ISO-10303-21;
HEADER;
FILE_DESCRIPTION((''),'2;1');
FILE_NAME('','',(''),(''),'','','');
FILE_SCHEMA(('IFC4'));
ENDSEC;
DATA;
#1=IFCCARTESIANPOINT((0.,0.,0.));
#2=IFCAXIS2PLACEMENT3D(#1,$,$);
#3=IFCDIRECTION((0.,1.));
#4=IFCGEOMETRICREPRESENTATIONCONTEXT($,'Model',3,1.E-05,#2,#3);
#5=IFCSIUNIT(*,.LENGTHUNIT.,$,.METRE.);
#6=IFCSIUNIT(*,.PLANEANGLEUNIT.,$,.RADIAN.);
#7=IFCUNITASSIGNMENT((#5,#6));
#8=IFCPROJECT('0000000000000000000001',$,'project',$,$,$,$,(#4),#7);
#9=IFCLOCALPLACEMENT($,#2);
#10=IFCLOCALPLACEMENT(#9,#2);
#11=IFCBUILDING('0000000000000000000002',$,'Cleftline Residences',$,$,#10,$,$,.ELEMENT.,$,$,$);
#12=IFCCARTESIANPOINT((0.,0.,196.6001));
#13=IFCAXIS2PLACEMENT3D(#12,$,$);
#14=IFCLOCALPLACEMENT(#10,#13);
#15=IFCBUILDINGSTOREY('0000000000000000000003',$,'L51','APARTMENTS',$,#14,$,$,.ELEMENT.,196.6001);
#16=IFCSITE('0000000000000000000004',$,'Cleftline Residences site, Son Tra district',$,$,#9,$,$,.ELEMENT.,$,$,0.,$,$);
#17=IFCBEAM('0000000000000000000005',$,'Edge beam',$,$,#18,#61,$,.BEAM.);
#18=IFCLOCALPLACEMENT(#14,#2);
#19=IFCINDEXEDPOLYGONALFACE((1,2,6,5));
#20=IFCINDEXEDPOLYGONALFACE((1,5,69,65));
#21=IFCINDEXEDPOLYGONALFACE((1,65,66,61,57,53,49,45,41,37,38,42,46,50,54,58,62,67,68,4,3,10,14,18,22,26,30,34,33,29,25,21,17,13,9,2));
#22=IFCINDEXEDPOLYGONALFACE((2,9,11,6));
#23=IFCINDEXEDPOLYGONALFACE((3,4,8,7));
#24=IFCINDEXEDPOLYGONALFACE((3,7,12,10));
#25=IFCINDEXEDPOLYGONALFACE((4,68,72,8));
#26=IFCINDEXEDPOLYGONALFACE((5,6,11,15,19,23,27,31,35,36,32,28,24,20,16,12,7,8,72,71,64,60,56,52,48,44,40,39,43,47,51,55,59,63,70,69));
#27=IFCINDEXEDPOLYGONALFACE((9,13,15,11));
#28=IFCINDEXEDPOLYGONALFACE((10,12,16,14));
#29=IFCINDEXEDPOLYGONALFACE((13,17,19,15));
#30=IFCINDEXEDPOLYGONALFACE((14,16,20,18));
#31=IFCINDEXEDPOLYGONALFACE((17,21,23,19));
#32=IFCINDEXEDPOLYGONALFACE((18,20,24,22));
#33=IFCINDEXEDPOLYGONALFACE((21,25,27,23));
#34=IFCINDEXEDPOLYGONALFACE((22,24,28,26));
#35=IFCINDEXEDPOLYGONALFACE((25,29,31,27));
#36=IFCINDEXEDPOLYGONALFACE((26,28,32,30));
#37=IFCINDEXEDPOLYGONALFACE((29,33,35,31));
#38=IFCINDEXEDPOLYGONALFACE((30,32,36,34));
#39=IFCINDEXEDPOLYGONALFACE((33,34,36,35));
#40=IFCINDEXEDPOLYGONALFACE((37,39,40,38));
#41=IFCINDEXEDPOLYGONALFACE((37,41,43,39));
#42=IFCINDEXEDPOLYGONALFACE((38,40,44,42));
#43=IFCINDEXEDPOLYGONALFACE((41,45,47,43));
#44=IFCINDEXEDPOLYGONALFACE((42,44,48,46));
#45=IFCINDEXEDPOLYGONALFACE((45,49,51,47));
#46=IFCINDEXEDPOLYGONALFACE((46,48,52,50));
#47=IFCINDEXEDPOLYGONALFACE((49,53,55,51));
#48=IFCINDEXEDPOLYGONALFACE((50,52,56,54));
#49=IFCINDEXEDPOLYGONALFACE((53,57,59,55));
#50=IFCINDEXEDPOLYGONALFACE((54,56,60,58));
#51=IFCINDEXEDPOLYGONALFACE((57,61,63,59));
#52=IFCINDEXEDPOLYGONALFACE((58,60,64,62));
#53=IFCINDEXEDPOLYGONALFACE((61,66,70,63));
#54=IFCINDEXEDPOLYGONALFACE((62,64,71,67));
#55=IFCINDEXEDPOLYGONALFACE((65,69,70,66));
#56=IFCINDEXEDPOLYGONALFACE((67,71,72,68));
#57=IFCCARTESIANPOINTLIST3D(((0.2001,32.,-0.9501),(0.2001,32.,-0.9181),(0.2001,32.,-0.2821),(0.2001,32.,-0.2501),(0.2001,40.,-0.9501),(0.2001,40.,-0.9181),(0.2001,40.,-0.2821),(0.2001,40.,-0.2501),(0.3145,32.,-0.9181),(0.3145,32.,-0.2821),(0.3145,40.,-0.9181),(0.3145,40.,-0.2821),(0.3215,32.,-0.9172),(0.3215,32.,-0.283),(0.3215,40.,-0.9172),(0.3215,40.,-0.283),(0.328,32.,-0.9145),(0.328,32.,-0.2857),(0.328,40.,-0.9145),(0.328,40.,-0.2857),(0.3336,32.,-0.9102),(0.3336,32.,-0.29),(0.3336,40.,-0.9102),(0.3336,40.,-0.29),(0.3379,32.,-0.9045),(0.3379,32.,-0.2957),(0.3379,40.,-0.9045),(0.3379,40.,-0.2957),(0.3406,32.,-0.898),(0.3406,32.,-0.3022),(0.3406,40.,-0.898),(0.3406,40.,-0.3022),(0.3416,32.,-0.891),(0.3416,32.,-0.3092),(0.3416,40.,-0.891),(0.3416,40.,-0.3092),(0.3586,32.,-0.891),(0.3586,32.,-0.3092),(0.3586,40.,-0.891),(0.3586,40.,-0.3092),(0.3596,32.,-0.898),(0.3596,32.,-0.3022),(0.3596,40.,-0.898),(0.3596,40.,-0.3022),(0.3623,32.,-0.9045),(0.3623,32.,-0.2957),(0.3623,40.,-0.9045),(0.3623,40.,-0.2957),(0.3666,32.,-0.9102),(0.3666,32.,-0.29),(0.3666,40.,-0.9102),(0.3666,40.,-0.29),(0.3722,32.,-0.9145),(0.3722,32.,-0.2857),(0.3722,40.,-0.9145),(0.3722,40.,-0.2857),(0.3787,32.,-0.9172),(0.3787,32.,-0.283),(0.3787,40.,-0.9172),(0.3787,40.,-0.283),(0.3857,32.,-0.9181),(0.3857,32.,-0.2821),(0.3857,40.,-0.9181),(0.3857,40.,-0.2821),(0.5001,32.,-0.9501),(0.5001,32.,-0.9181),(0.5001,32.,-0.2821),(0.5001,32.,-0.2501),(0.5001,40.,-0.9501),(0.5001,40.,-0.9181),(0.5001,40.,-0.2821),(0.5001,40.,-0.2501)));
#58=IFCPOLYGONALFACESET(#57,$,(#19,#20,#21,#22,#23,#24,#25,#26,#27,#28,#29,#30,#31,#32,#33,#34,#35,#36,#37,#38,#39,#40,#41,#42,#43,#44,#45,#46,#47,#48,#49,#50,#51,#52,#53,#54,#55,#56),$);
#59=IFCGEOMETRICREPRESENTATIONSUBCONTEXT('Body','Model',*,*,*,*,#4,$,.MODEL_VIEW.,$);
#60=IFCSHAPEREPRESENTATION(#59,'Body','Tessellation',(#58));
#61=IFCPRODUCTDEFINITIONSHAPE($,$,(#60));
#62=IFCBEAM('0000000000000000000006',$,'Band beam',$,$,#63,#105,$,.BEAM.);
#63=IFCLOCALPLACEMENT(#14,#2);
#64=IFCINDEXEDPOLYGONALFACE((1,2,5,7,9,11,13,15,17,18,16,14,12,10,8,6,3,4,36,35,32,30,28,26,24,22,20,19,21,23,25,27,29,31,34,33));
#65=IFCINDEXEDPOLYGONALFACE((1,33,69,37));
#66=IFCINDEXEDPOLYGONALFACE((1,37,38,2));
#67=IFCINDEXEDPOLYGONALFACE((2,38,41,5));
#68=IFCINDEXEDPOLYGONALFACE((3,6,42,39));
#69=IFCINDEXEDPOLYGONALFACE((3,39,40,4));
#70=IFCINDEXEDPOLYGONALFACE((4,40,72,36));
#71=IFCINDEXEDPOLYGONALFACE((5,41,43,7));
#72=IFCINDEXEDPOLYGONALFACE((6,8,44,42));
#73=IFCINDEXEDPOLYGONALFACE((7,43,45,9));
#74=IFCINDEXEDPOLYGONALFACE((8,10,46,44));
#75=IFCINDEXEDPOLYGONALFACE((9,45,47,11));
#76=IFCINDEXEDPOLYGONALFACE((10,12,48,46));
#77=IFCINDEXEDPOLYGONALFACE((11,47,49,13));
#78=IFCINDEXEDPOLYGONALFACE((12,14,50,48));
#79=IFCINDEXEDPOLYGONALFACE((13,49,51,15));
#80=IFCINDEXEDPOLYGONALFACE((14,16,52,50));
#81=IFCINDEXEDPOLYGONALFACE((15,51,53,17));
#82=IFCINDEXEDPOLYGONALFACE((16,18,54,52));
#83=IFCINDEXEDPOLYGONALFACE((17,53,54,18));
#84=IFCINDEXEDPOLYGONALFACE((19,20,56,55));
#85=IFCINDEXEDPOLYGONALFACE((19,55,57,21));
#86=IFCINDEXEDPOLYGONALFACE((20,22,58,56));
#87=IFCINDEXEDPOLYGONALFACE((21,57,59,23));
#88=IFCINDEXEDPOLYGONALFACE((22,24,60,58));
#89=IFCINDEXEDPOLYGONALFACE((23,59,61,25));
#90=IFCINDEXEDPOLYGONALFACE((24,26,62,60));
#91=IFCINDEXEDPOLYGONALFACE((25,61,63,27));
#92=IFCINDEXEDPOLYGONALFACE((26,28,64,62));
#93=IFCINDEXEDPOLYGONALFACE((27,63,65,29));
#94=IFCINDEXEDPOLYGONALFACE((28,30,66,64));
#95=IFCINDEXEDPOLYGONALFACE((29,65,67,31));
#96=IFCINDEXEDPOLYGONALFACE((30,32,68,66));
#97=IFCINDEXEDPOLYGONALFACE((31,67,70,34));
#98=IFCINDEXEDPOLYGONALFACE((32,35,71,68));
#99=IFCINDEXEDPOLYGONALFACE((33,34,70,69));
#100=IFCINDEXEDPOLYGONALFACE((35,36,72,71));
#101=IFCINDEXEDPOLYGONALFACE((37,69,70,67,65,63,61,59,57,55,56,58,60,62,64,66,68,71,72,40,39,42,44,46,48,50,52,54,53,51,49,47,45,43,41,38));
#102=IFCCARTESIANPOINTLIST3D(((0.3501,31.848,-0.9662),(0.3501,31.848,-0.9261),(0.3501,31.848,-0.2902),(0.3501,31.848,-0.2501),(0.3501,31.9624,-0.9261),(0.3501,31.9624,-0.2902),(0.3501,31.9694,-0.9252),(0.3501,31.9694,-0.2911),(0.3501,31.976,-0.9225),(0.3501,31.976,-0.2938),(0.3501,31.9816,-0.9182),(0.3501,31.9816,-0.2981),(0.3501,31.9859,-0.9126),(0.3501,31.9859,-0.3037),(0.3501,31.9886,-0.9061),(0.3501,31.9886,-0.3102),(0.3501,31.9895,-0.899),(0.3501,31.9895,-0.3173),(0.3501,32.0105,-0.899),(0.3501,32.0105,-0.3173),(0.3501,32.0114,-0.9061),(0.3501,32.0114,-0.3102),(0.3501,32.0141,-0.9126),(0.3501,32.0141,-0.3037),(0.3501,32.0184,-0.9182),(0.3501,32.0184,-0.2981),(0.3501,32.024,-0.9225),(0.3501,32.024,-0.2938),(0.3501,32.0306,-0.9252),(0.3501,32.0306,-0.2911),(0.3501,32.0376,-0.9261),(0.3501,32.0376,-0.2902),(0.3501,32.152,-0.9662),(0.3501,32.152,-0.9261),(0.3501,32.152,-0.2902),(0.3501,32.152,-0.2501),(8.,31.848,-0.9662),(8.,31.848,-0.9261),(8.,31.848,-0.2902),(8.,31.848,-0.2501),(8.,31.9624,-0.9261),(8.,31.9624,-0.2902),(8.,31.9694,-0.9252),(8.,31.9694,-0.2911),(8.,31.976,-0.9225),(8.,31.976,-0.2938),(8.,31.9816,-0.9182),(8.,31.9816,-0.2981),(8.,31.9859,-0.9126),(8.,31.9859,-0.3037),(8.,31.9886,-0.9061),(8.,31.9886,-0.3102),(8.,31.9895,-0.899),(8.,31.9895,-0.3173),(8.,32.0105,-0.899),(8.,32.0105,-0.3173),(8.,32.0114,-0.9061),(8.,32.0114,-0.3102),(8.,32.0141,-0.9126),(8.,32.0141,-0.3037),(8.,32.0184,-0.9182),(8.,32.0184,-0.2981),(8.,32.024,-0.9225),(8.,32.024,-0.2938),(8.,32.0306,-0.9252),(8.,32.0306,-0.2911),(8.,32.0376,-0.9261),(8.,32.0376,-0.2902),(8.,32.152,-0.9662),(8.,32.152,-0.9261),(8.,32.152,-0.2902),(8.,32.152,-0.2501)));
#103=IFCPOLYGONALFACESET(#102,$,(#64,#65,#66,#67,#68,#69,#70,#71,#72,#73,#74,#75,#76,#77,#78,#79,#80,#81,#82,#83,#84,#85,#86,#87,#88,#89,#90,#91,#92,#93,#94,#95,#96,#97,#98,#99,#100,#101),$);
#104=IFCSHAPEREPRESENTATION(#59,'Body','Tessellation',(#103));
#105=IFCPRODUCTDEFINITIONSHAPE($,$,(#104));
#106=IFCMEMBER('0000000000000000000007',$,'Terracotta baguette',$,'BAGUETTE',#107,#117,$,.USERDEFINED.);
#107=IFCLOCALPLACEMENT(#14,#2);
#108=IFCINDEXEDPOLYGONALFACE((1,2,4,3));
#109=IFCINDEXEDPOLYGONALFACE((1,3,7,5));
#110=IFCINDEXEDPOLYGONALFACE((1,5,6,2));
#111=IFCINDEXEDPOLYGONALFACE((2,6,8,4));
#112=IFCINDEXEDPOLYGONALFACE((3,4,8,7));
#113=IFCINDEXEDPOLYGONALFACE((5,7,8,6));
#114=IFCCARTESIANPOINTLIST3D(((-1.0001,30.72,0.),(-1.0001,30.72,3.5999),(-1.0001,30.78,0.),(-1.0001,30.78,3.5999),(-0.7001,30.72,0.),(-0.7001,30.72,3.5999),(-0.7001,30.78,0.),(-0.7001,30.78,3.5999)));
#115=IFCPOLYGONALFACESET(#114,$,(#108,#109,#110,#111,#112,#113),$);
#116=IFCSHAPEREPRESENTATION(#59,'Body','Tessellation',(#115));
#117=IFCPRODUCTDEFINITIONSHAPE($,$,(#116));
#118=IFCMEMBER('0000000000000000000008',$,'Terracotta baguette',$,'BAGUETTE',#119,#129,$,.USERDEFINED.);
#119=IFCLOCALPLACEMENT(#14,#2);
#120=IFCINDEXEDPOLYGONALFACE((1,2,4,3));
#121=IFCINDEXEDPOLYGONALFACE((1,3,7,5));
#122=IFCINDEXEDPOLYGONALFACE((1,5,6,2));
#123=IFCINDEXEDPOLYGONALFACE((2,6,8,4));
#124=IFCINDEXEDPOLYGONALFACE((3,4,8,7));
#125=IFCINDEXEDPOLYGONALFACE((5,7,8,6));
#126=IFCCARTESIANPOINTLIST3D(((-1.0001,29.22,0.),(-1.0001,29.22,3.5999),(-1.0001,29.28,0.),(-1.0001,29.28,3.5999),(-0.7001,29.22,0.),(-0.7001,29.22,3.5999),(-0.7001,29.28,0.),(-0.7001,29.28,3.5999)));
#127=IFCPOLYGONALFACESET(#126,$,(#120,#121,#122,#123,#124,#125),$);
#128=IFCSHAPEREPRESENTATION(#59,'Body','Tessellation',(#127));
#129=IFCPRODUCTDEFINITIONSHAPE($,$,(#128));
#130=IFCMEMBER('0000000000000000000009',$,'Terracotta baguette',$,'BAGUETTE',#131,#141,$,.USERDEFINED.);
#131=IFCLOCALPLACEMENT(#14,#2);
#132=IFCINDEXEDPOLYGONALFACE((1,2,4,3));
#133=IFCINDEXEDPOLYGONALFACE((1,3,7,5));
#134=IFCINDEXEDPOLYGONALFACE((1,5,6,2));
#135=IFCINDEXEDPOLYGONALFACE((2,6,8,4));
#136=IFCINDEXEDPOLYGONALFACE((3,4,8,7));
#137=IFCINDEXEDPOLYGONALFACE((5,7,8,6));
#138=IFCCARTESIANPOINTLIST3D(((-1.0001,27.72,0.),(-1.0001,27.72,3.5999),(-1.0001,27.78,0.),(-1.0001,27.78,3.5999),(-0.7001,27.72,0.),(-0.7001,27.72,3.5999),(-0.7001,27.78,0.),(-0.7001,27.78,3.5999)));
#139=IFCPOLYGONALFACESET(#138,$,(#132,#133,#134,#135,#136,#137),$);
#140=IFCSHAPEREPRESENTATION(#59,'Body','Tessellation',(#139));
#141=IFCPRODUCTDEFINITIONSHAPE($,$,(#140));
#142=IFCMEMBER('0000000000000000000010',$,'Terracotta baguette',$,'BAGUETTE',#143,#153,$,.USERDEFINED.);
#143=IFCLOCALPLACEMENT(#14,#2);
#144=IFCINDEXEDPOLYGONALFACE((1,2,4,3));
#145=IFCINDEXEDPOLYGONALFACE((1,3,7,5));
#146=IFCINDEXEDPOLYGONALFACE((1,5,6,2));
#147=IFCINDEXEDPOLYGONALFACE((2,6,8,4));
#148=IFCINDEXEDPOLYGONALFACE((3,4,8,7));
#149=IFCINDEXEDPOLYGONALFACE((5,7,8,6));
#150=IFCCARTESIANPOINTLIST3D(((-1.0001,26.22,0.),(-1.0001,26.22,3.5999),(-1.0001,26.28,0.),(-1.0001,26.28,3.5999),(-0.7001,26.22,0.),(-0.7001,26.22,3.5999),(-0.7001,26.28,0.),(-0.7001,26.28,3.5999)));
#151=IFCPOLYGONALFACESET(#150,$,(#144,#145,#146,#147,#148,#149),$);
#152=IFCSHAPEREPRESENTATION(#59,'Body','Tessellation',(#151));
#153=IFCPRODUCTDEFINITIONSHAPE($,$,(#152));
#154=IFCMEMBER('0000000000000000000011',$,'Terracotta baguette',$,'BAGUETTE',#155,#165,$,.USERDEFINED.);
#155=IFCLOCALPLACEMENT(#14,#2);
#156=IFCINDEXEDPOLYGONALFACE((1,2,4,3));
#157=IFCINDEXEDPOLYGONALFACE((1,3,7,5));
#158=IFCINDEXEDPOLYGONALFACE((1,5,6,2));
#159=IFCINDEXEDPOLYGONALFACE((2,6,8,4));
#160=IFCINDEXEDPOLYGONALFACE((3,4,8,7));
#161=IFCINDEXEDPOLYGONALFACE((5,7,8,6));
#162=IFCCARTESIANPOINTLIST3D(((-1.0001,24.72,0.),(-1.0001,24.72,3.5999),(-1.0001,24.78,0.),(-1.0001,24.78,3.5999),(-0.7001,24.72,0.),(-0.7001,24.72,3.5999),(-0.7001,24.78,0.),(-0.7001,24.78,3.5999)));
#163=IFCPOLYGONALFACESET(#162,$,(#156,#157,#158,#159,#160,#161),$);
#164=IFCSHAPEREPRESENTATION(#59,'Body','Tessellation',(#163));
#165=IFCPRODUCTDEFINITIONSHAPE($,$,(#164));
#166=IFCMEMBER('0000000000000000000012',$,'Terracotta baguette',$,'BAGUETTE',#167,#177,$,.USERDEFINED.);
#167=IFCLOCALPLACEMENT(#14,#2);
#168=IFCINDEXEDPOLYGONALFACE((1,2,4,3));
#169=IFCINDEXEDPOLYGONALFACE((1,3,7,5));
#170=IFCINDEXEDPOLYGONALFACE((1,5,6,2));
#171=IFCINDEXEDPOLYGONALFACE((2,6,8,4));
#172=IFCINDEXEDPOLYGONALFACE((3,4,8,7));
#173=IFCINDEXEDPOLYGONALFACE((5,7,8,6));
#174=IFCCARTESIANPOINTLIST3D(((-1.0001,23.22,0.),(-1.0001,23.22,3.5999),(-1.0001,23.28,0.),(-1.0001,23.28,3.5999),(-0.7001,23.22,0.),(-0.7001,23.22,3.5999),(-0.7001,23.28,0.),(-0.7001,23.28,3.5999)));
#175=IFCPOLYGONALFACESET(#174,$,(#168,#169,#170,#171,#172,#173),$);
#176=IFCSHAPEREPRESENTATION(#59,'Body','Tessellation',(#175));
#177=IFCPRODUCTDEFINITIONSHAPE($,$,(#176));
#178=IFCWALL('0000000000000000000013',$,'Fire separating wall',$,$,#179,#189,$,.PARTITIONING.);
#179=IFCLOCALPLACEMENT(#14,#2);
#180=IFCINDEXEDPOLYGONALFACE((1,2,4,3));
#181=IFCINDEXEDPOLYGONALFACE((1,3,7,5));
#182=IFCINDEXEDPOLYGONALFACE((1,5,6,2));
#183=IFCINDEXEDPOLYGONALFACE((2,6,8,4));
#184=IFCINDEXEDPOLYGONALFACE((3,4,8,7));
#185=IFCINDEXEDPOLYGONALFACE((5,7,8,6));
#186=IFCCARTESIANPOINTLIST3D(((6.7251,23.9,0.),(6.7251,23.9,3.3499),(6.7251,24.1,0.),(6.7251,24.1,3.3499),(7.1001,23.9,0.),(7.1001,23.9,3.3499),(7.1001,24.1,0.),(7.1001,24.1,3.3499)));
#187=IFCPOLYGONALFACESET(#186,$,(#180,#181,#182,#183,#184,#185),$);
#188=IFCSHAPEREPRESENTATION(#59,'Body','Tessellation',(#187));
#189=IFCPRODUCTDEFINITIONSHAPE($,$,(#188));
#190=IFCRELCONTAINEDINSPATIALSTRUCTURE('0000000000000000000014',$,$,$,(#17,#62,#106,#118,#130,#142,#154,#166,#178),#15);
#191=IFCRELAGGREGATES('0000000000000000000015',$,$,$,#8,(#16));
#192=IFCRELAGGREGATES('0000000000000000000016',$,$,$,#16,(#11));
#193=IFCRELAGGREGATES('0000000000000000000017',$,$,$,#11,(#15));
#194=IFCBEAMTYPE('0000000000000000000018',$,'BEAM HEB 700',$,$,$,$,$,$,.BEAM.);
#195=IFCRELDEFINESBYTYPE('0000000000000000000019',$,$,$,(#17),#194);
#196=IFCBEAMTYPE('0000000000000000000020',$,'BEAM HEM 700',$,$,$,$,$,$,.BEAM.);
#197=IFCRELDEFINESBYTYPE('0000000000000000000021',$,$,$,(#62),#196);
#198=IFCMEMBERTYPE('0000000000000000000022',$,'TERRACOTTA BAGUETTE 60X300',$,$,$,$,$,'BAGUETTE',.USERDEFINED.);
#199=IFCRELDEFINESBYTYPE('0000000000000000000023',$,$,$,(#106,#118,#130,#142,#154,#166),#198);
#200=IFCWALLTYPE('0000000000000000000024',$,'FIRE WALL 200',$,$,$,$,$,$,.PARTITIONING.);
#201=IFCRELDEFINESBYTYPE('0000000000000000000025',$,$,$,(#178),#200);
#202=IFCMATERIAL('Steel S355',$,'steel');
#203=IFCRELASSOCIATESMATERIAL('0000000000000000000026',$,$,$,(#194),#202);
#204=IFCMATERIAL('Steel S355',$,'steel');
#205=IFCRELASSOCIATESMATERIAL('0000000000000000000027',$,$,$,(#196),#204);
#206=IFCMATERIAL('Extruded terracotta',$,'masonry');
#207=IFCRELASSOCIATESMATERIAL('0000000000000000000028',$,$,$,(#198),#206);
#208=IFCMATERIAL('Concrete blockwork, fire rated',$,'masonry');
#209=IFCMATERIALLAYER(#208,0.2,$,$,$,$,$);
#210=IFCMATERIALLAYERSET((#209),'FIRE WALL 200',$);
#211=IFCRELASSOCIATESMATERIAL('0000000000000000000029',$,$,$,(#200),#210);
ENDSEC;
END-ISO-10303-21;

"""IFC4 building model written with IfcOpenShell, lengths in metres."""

from ifc_helpers import new_model, si_unit, direction, frame, frame_2d, origin, origin_2d, place, context, subcontext, project, spatial, rectangle, i_section, extrude, material, layer, layer_set, material_profile, profile_set, type_object, element, save


model = new_model("IFC4")

# Units and contexts
model_context = context("Model", 3, precision=1e-05, world=origin(), true_north=direction((0.0, 1.0)))
body_context = subcontext(model_context, "Body", "Model", "MODEL_VIEW")
ifc_project = project(units=[si_unit("LENGTHUNIT", "METRE"), si_unit("PLANEANGLEUNIT", "RADIAN")], contexts=[model_context])

# Site, building, storey
site_placement = place(None, origin())
site = spatial("IfcSite", under=ifc_project, at=site_placement, Name="Cleftline Residences site, Son Tra district", CompositionType="ELEMENT", RefElevation=0.0)
building_placement = place(site_placement, origin())
building = spatial("IfcBuilding", under=site, at=building_placement, Name="Cleftline Residences", CompositionType="ELEMENT")
storey_placement = place(building_placement, frame((0.0, 0.0, 196.6001)))
storey = spatial("IfcBuildingStorey", under=building, at=storey_placement, Name="L51", Description="APARTMENTS", CompositionType="ELEMENT", Elevation=196.6001)

# Beams
ifc_material_1 = material(Name="Steel S355", Category="steel")
ifc_material_profile_1 = material_profile(ifc_material_1, i_section(OverallWidth=0.3, OverallDepth=0.7, WebThickness=0.0171, FlangeThickness=0.032, FilletRadius=0.0271, at=origin_2d()))
ifc_profile_set_1 = profile_set([ifc_material_profile_1], Name="Steel S355")
beam_type_1 = type_object("IfcBeamType", Name="BEAM HEB 700", PredefinedType="BEAM", material=ifc_profile_set_1)
for number, where, z_axis, x_axis, name in (
    (1, (0.3501, 32.0, -0.6001), (0.0, 1.0, 0.0), (-1.0, 0.0, 0.0), "Edge beam"),
):
    element("IfcBeam", number, at=place(storey_placement, frame(where, z_axis=z_axis, x_axis=x_axis)), inside=storey, type_object=beam_type_1, Name=name, PredefinedType="BEAM", context=body_context, shape_type="SweptSolid", body=[
        extrude(i_section(OverallWidth=0.3, OverallDepth=0.7, WebThickness=0.0171, FlangeThickness=0.032, FilletRadius=0.0271, at=origin_2d()), origin(), (0.0, 0.0, 1.0), 8.0),
    ])
ifc_material_2 = material(Name="Steel S355", Category="steel")
ifc_material_profile_2 = material_profile(ifc_material_2, i_section(OverallWidth=0.304, OverallDepth=0.7161, WebThickness=0.021, FlangeThickness=0.04, FilletRadius=0.0271, at=origin_2d()))
ifc_profile_set_2 = profile_set([ifc_material_profile_2], Name="Steel S355")
beam_type_2 = type_object("IfcBeamType", Name="BEAM HEM 700", PredefinedType="BEAM", material=ifc_profile_set_2)
beam_placement = place(storey_placement, frame((0.3501, 32.0, -0.6082), z_axis=(1.0, 0.0, 0.0), x_axis=(0.0, 1.0, 0.0)))
element("IfcBeam", 2, at=beam_placement, inside=storey, type_object=beam_type_2, Name="Band beam", PredefinedType="BEAM", context=body_context, shape_type="SweptSolid", body=[
    extrude(i_section(OverallWidth=0.304, OverallDepth=0.7161, WebThickness=0.021, FlangeThickness=0.04, FilletRadius=0.0271, at=origin_2d()), origin(), (0.0, 0.0, 1.0), 7.6499),
])

# Members
ifc_material_3 = material(Name="Extruded terracotta", Category="masonry")
ifc_material_profile_3 = material_profile(ifc_material_3, rectangle(XDim=0.0601, YDim=0.3, at=origin_2d()))
ifc_profile_set_3 = profile_set([ifc_material_profile_3], Name="Extruded terracotta")
member_type_1 = type_object("IfcMemberType", Name="TERRACOTTA BAGUETTE 60X300", ElementType="BAGUETTE", PredefinedType="USERDEFINED", material=ifc_profile_set_3)
for number, where, z_axis, x_axis, name in (
    (3, (-0.8501, 30.75, 0.0), (0.0, 0.0, 1.0), (0.0, 1.0, 0.0), "Terracotta baguette"),
    (4, (-0.8501, 29.25, 0.0), (0.0, 0.0, 1.0), (0.0, 1.0, 0.0), "Terracotta baguette"),
    (5, (-0.8501, 27.75, 0.0), (0.0, 0.0, 1.0), (0.0, 1.0, 0.0), "Terracotta baguette"),
    (6, (-0.8501, 26.25, 0.0), (0.0, 0.0, 1.0), (0.0, 1.0, 0.0), "Terracotta baguette"),
    (7, (-0.8501, 24.75, 0.0), (0.0, 0.0, 1.0), (0.0, 1.0, 0.0), "Terracotta baguette"),
    (8, (-0.8501, 23.25, 0.0), (0.0, 0.0, 1.0), (0.0, 1.0, 0.0), "Terracotta baguette"),
):
    element("IfcMember", number, at=place(storey_placement, frame(where, z_axis=z_axis, x_axis=x_axis)), inside=storey, type_object=member_type_1, Name=name, ObjectType="BAGUETTE", PredefinedType="USERDEFINED", context=body_context, shape_type="SweptSolid", body=[
        extrude(rectangle(XDim=0.0601, YDim=0.3, at=origin_2d()), origin(), (0.0, 0.0, 1.0), 3.5999),
    ])

# Wall
ifc_material_4 = material(Name="Concrete blockwork, fire rated", Category="masonry")
ifc_layer_1 = layer(ifc_material_4, 0.2)
ifc_layer_set_1 = layer_set([ifc_layer_1], Name="FIRE WALL 200")
wall_type_1 = type_object("IfcWallType", Name="FIRE WALL 200", PredefinedType="PARTITIONING", material=ifc_layer_set_1)
wall_1_placement = place(storey_placement, frame((6.7251, 24.0, 0.0), z_axis=(0.0, 0.0, 1.0), x_axis=(1.0, 0.0, 0.0)))
element("IfcWall", 9, at=wall_1_placement, inside=storey, type_object=wall_type_1, Name="Fire separating wall", PredefinedType="PARTITIONING", context=body_context, shape_type="SweptSolid", body=[
    extrude(rectangle(XDim=0.375, YDim=0.2, at=frame_2d((0.1875, 0.0))), origin(), (0.0, 0.0, 1.0), 3.3499),
])

save(model, "model.ifc")
